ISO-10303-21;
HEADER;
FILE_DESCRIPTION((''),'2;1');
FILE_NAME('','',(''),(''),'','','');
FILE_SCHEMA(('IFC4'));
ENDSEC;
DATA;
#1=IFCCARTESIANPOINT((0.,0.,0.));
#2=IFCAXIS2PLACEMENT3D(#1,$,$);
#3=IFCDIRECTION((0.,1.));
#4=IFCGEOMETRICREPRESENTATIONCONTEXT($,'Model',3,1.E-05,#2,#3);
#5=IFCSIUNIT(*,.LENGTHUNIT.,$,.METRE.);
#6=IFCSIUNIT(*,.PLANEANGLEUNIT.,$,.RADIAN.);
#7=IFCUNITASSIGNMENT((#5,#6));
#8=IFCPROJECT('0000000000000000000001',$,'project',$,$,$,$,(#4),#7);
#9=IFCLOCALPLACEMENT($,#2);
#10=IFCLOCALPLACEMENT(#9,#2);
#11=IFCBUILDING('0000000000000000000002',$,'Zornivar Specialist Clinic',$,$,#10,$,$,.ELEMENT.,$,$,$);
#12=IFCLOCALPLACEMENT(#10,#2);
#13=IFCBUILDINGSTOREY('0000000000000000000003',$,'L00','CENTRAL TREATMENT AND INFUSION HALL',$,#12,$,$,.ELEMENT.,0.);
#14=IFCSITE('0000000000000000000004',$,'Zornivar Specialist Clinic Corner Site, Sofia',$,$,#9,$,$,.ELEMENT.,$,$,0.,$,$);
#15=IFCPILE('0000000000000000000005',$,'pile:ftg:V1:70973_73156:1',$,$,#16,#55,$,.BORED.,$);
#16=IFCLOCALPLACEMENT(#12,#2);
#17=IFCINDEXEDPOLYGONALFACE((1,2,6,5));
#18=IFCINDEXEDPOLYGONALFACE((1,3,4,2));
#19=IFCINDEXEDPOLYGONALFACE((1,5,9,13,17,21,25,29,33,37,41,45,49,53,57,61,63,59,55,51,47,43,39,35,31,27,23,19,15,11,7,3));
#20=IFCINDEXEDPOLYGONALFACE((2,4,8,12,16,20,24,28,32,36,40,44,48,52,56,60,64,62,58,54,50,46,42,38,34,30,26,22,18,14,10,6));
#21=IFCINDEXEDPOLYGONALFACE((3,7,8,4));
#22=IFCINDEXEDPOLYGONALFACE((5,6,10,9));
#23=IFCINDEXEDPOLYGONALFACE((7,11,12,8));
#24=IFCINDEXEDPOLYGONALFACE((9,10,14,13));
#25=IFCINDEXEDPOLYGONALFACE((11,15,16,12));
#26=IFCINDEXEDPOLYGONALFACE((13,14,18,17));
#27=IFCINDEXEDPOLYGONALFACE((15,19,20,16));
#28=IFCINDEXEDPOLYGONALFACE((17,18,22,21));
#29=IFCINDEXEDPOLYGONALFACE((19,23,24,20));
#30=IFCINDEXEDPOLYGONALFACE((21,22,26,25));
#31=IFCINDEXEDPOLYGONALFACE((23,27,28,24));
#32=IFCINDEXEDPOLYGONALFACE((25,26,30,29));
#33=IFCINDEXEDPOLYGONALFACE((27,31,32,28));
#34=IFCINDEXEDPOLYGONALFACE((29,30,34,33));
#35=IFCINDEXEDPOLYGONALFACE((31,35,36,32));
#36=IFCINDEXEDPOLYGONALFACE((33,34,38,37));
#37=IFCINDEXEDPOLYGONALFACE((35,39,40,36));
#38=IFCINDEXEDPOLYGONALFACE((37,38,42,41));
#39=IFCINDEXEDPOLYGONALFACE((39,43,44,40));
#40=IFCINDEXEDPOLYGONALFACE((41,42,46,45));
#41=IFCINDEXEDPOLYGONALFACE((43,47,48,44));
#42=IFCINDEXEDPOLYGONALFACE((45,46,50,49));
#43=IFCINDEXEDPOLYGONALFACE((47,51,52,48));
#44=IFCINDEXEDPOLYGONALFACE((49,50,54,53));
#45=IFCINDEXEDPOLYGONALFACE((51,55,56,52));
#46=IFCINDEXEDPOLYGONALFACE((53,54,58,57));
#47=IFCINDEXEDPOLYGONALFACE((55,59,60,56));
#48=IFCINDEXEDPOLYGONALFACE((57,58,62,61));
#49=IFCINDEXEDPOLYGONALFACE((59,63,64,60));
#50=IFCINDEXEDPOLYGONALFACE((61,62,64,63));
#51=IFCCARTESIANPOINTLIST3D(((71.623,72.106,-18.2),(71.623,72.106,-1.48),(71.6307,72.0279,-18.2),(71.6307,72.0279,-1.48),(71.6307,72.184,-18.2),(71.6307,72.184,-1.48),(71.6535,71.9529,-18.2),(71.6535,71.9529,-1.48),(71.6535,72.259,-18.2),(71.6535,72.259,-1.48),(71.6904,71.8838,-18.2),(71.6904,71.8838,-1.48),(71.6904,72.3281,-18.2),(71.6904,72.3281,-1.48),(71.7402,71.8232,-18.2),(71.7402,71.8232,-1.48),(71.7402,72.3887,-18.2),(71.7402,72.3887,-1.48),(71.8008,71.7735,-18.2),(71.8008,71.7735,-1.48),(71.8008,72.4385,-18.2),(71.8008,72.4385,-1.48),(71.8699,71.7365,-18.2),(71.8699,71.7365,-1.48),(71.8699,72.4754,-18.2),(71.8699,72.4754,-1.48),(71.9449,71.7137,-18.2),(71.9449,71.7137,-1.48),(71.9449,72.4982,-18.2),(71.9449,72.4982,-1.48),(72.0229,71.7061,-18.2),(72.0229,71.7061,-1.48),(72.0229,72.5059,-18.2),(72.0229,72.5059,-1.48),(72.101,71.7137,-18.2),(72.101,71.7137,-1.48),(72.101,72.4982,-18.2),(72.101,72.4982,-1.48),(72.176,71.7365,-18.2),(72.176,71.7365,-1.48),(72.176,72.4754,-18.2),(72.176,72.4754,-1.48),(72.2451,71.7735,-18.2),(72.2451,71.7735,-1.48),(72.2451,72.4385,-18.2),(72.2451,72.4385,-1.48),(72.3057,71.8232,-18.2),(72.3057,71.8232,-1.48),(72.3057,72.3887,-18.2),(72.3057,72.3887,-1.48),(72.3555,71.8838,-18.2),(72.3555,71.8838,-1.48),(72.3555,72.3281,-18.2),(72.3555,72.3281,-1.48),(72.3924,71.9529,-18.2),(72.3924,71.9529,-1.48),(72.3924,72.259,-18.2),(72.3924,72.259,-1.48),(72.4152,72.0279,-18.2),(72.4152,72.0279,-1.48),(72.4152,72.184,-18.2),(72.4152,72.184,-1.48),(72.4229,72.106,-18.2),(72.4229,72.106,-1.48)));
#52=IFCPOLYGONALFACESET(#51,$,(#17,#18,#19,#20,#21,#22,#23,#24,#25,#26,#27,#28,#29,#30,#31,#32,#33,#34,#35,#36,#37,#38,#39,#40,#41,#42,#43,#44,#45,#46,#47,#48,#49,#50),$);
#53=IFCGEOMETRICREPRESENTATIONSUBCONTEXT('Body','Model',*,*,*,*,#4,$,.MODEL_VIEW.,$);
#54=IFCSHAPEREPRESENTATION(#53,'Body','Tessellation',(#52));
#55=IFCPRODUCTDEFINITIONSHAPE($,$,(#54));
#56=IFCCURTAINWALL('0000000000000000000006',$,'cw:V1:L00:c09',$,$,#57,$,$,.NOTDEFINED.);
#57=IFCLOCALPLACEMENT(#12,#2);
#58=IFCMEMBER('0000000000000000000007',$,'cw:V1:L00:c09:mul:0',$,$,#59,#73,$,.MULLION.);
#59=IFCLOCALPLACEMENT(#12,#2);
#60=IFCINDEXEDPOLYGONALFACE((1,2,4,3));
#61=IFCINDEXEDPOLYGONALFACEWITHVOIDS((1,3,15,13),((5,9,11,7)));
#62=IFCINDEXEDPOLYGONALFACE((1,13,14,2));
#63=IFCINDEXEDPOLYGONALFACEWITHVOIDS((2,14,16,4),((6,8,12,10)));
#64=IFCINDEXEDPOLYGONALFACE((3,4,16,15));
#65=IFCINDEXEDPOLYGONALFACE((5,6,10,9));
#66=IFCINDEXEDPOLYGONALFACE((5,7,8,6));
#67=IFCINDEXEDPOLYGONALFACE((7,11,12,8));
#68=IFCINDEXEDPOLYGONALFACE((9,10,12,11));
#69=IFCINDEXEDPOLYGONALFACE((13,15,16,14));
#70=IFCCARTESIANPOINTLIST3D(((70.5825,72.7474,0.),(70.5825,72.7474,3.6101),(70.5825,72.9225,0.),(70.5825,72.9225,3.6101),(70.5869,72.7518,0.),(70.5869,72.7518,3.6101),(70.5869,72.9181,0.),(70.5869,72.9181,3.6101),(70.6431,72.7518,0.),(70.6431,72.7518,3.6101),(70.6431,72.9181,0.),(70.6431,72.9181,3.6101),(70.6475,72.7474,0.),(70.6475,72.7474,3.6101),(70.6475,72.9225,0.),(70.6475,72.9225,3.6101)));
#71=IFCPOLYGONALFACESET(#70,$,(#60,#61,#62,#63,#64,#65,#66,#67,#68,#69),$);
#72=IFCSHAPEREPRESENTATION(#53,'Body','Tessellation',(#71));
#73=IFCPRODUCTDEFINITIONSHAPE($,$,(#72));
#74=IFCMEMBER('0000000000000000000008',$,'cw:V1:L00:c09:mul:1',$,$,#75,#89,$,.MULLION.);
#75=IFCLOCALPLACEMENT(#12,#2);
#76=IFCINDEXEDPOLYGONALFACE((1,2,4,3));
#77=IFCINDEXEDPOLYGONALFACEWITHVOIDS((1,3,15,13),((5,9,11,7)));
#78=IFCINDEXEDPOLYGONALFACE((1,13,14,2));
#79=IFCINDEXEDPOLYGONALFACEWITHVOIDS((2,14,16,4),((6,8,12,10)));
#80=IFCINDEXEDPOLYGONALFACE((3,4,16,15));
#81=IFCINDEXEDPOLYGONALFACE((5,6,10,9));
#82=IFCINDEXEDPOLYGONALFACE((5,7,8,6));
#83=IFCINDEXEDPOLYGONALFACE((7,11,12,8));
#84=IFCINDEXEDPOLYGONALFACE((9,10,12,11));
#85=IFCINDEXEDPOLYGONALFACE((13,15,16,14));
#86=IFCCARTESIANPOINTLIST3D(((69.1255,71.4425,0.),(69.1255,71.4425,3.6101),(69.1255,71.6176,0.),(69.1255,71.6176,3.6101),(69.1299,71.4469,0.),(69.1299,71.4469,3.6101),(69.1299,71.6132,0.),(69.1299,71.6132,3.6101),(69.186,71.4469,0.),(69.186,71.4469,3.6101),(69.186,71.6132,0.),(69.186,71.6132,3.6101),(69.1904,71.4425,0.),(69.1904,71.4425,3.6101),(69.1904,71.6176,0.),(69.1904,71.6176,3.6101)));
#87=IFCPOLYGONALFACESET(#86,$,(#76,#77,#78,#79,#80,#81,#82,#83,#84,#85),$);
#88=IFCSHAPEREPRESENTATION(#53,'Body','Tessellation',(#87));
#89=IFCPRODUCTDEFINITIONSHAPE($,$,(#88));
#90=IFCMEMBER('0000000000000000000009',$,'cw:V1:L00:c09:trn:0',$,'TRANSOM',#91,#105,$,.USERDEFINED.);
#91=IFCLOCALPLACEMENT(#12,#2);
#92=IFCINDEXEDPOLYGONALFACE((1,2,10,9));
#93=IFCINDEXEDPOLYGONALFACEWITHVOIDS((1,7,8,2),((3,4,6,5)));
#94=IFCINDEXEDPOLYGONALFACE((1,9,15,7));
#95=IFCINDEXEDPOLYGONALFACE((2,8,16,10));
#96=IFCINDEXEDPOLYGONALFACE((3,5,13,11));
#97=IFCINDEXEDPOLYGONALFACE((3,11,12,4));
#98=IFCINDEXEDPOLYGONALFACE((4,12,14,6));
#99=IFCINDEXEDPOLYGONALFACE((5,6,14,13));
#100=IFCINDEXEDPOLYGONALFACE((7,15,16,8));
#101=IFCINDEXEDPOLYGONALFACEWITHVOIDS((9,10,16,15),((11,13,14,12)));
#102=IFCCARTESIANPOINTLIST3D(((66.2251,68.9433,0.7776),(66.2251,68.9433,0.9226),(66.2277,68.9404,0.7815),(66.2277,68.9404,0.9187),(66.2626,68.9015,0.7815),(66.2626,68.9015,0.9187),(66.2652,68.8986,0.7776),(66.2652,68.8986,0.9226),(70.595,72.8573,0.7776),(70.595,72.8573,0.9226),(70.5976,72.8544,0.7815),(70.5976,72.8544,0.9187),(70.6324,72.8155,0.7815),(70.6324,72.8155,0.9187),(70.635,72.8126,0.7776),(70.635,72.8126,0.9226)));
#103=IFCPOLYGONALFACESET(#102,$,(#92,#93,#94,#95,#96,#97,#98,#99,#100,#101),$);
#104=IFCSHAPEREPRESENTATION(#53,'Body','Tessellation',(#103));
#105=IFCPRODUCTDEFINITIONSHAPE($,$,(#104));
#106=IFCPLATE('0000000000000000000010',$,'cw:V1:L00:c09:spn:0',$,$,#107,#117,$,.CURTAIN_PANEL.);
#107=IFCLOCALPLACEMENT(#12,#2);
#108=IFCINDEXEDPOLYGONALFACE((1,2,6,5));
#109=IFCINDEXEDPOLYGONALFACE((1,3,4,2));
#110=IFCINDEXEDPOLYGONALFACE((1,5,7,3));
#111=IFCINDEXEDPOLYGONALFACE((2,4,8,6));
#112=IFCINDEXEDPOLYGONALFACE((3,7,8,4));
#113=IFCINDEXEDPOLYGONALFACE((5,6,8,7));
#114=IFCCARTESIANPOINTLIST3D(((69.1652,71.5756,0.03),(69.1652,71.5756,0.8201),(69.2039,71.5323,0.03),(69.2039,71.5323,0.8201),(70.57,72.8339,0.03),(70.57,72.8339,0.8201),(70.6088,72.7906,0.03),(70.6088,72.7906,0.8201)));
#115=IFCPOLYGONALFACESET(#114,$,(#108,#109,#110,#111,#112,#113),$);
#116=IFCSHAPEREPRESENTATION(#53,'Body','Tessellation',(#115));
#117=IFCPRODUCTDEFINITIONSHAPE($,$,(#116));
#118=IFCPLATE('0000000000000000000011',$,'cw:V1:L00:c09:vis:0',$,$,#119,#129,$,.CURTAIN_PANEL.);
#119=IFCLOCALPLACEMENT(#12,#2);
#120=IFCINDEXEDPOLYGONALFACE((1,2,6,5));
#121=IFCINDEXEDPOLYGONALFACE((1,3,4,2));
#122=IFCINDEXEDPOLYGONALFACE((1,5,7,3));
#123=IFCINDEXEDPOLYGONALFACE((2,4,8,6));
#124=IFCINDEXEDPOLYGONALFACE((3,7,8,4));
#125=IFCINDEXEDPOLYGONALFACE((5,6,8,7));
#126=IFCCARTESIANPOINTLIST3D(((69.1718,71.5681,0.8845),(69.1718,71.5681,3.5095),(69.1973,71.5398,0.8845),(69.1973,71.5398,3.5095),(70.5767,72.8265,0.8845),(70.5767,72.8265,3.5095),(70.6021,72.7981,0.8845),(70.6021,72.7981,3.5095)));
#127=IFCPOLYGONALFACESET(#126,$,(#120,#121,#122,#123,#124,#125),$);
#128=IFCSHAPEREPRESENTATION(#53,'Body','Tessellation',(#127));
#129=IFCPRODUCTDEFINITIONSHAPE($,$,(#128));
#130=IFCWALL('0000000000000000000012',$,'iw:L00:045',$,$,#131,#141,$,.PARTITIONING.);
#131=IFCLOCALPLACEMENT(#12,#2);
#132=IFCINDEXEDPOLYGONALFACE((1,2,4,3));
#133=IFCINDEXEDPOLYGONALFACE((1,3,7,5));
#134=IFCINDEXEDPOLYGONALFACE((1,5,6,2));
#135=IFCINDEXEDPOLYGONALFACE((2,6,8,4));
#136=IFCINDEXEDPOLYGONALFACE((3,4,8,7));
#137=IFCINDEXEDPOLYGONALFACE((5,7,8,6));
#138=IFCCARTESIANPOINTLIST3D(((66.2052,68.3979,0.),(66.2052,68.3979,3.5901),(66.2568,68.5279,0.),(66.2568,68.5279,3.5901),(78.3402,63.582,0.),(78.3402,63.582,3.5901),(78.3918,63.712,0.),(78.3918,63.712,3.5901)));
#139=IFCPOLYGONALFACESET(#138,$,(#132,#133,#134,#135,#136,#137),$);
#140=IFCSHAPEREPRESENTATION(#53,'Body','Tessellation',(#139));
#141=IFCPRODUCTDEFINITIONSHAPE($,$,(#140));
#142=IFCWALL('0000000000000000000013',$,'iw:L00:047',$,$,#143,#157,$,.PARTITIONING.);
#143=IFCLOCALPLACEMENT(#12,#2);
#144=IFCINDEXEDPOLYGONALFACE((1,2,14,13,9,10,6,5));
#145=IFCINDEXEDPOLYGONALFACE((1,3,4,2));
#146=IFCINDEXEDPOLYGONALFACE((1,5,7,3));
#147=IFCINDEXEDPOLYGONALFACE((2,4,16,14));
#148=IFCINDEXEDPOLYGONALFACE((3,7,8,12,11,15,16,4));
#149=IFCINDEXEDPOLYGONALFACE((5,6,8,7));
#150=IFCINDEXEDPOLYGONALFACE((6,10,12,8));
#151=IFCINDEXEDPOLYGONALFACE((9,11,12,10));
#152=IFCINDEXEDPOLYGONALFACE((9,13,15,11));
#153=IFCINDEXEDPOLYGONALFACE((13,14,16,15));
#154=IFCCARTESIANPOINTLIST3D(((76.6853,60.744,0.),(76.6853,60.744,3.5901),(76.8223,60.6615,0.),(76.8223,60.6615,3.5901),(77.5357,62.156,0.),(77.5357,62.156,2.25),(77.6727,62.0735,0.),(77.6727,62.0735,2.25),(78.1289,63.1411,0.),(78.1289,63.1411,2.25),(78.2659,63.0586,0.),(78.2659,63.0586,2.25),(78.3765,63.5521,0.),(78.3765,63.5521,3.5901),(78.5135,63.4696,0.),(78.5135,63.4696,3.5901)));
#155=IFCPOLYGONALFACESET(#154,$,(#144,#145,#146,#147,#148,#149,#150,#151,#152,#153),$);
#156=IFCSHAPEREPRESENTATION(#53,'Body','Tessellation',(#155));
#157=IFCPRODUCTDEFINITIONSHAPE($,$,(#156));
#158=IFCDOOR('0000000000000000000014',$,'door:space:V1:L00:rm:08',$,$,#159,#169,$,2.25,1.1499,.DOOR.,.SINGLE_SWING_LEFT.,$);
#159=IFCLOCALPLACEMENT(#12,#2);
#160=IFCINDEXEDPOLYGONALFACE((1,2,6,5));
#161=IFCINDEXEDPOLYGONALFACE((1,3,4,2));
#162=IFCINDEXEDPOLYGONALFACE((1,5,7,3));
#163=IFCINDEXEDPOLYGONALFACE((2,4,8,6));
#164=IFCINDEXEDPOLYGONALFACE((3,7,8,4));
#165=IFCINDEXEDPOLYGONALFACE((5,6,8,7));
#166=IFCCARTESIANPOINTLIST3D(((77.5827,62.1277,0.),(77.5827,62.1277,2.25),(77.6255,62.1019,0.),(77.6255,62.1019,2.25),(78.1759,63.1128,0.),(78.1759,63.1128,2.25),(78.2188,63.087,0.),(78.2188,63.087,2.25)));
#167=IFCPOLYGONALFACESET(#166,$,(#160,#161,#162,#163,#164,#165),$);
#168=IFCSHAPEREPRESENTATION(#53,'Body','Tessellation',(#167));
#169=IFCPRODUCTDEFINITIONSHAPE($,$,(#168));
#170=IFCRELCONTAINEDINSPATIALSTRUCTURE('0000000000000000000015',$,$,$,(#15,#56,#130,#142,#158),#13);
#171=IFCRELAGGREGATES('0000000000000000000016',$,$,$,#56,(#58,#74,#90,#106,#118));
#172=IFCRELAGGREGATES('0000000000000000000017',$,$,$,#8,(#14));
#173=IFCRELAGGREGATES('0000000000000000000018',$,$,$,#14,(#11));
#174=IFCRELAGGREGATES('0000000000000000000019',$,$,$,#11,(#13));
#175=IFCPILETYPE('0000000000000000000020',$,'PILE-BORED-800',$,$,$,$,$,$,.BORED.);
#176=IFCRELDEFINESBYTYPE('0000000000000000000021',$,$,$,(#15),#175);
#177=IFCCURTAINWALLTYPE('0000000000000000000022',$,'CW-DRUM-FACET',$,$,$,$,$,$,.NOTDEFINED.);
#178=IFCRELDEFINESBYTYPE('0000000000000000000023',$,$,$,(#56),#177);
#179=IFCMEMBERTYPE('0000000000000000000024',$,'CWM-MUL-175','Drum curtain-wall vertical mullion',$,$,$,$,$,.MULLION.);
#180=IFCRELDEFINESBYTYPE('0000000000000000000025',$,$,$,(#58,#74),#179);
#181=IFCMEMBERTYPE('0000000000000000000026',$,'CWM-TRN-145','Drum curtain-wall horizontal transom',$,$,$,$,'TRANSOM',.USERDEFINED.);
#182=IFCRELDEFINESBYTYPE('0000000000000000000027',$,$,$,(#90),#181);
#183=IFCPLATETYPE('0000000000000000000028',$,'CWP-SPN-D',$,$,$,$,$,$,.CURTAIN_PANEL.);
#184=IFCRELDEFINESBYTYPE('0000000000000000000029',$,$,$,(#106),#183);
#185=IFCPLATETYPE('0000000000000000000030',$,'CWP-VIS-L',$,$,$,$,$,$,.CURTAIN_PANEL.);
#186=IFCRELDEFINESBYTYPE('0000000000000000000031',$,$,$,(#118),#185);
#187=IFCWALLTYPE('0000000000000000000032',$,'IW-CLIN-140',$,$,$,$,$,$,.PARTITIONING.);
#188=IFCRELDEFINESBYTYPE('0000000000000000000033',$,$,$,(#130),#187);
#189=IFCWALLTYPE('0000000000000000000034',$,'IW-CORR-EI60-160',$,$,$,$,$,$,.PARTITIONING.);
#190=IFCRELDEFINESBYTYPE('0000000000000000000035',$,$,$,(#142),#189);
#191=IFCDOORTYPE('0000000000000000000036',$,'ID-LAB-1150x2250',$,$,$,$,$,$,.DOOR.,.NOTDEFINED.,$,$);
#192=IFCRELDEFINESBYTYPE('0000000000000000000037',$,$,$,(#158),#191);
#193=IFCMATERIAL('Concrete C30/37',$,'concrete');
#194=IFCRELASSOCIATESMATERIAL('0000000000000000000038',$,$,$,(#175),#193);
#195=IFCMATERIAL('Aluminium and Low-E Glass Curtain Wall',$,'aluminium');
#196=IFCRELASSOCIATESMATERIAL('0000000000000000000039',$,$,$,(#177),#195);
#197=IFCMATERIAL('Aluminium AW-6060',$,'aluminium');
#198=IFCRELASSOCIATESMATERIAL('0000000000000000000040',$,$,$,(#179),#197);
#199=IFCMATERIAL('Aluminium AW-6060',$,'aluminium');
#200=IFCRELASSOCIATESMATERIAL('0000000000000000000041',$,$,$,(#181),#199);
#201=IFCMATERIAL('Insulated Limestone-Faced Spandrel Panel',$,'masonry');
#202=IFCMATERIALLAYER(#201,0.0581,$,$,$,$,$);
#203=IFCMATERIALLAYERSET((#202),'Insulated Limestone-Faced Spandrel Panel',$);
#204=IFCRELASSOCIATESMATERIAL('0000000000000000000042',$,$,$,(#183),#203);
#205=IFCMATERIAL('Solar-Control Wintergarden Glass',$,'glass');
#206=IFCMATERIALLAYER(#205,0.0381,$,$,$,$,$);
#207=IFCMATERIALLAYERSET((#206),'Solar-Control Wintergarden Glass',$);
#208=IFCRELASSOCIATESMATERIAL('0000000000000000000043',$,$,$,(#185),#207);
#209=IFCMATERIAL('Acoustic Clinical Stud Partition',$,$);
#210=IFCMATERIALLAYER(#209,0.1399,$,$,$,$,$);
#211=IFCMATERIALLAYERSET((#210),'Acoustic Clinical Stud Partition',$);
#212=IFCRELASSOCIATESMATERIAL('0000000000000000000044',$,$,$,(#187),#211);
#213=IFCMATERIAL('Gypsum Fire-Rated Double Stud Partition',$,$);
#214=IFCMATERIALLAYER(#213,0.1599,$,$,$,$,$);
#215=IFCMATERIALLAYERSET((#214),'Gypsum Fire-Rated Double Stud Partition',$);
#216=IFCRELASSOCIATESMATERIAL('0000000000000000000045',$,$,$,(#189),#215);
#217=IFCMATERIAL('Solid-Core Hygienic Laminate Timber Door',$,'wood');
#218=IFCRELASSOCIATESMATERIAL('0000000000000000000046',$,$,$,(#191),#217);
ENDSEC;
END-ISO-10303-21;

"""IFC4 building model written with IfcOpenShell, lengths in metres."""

from ifc_helpers import new_model, si_unit, direction, frame, frame_2d, origin, origin_2d, place, context, subcontext, project, spatial, rectangle, hollow_rectangle, circle, extrude, material, layer, layer_set, material_profile, profile_set, type_object, element, fill, aggregate, save


model = new_model("IFC4")

# Units and contexts
model_context = context("Model", 3, precision=1e-05, world=origin(), true_north=direction((0.0, 1.0)))
body_context = subcontext(model_context, "Body", "Model", "MODEL_VIEW")
ifc_project = project(units=[si_unit("LENGTHUNIT", "METRE"), si_unit("PLANEANGLEUNIT", "RADIAN")], contexts=[model_context])

# Site, building, storey
site_placement = place(None, origin())
site = spatial("IfcSite", under=ifc_project, at=site_placement, Name="Zornivar Specialist Clinic Corner Site, Sofia", CompositionType="ELEMENT", RefElevation=0.0)
building_placement = place(site_placement, origin())
building = spatial("IfcBuilding", under=site, at=building_placement, Name="Zornivar Specialist Clinic", CompositionType="ELEMENT")
storey_placement = place(building_placement, origin())
storey = spatial("IfcBuildingStorey", under=building, at=storey_placement, Name="L00", Description="CENTRAL TREATMENT AND INFUSION HALL", CompositionType="ELEMENT", Elevation=0.0)

# Pile
ifc_material_1 = material(Name="Concrete C30/37", Category="concrete")
ifc_material_profile_1 = material_profile(ifc_material_1, circle(Radius=0.3999, at=origin_2d()), Name="PILE D800")
ifc_profile_set_1 = profile_set([ifc_material_profile_1], Name="Concrete C30/37")
pile_type = type_object("IfcPileType", Name="PILE-BORED-800", PredefinedType="BORED", material=ifc_profile_set_1)
for number, where, z_axis, x_axis, name in (
    (1, (72.0229, 72.106, -1.48), (0.0, 0.0, -1.0), (1.0, 0.0, 0.0), "pile:ftg:V1:70973_73156:1"),
):
    element("IfcPile", number, at=place(storey_placement, frame(where, z_axis=z_axis, x_axis=x_axis)), inside=storey, type_object=pile_type, Name=name, PredefinedType="BORED", context=body_context, shape_type="SweptSolid", body=[
        extrude(circle(Radius=0.3999, at=origin_2d()), origin(), (0.0, 0.0, 1.0), 16.72),
    ])

# Curtain wall, members, plates
ifc_material_2 = material(Name="Aluminium and Low-E Glass Curtain Wall", Category="aluminium")
curtain_wall_type = type_object("IfcCurtainWallType", Name="CW-DRUM-FACET", PredefinedType="NOTDEFINED", material=ifc_material_2)
curtain_wall_placement = place(storey_placement, origin())
curtain_wall = element("IfcCurtainWall", 2, at=curtain_wall_placement, inside=storey, type_object=curtain_wall_type, Name="cw:V1:L00:c09", PredefinedType="NOTDEFINED")
ifc_material_3 = material(Name="Aluminium AW-6060", Category="aluminium")
ifc_material_profile_2 = material_profile(ifc_material_3, hollow_rectangle(XDim=0.0649, YDim=0.175, WallThickness=0.0044, at=origin_2d()), Name="ALU 65x175x4.5")
ifc_profile_set_2 = profile_set([ifc_material_profile_2], Name="Aluminium AW-6060")
member_type_1 = type_object("IfcMemberType", Name="CWM-MUL-175", Description="Drum curtain-wall vertical mullion", PredefinedType="MULLION", material=ifc_profile_set_2)
member_1_placement = place(storey_placement, frame((70.615, 72.835, 0.0), z_axis=(0.0, 0.0, 1.0), x_axis=(1.0, 0.0, 0.0)))
member_1 = element("IfcMember", 3, at=member_1_placement, type_object=member_type_1, Name="cw:V1:L00:c09:mul:0", PredefinedType="MULLION", context=body_context, shape_type="SweptSolid", body=[
    extrude(hollow_rectangle(XDim=0.0649, YDim=0.175, WallThickness=0.0044, at=origin_2d()), origin(), (0.0, 0.0, 1.0), 3.6101),
])
member_2_placement = place(storey_placement, frame((69.158, 71.53, 0.0), z_axis=(0.0, 0.0, 1.0), x_axis=(1.0, 0.0, 0.0)))
member_2 = element("IfcMember", 4, at=member_2_placement, type_object=member_type_1, Name="cw:V1:L00:c09:mul:1", PredefinedType="MULLION", context=body_context, shape_type="SweptSolid", body=[
    extrude(hollow_rectangle(XDim=0.0649, YDim=0.175, WallThickness=0.0044, at=origin_2d()), origin(), (0.0, 0.0, 1.0), 3.6101),
])
ifc_material_4 = material(Name="Aluminium AW-6060", Category="aluminium")
ifc_material_profile_3 = material_profile(ifc_material_4, hollow_rectangle(XDim=0.0601, YDim=0.145, WallThickness=0.0039, at=origin_2d()), Name="ALU 60x145x4")
ifc_profile_set_3 = profile_set([ifc_material_profile_3], Name="Aluminium AW-6060")
member_type_2 = type_object("IfcMemberType", Name="CWM-TRN-145", Description="Drum curtain-wall horizontal transom", ElementType="TRANSOM", PredefinedType="USERDEFINED", material=ifc_profile_set_3)
member_3_placement = place(storey_placement, frame((70.615, 72.835, 0.8501), z_axis=(-0.744887, -0.66719, 0.0), x_axis=(0.66719, -0.744887, 0.0)))
member_3 = element("IfcMember", 5, at=member_3_placement, type_object=member_type_2, Name="cw:V1:L00:c09:trn:0", ObjectType="TRANSOM", PredefinedType="USERDEFINED", context=body_context, shape_type="SweptSolid", body=[
    extrude(hollow_rectangle(XDim=0.0601, YDim=0.145, WallThickness=0.0039, at=origin_2d()), origin(), (0.0, 0.0, 1.0), 5.8665),
])
ifc_material_5 = material(Name="Insulated Limestone-Faced Spandrel Panel", Category="masonry")
ifc_layer_1 = layer(ifc_material_5, 0.0581)
ifc_layer_set_1 = layer_set([ifc_layer_1], Name="Insulated Limestone-Faced Spandrel Panel")
plate_type_1 = type_object("IfcPlateType", Name="CWP-SPN-D", PredefinedType="CURTAIN_PANEL", material=ifc_layer_set_1)
plate_1_placement = place(storey_placement, frame((69.887, 72.1831, 0.03), z_axis=(0.0, 0.0, 1.0), x_axis=(-0.744881, -0.667198, 0.0)))
plate_1 = element("IfcPlate", 6, at=plate_1_placement, type_object=plate_type_1, Name="cw:V1:L00:c09:spn:0", PredefinedType="CURTAIN_PANEL", context=body_context, shape_type="SweptSolid", body=[
    extrude(rectangle(XDim=1.886, YDim=0.0581, at=origin_2d()), origin(), (0.0, 0.0, 1.0), 0.79),
])
ifc_material_6 = material(Name="Solar-Control Wintergarden Glass", Category="glass")
ifc_layer_2 = layer(ifc_material_6, 0.0381)
ifc_layer_set_2 = layer_set([ifc_layer_2], Name="Solar-Control Wintergarden Glass")
plate_type_2 = type_object("IfcPlateType", Name="CWP-VIS-L", PredefinedType="CURTAIN_PANEL", material=ifc_layer_set_2)
plate_2_placement = place(storey_placement, frame((69.887, 72.1831, 0.8845), z_axis=(0.0, 0.0, 1.0), x_axis=(-0.744881, -0.667198, 0.0)))
plate_2 = element("IfcPlate", 7, at=plate_2_placement, type_object=plate_type_2, Name="cw:V1:L00:c09:vis:0", PredefinedType="CURTAIN_PANEL", context=body_context, shape_type="SweptSolid", body=[
    extrude(rectangle(XDim=1.886, YDim=0.0381, at=origin_2d()), origin(), (0.0, 0.0, 1.0), 2.625),
])
aggregate(curtain_wall, [member_1, member_2, member_3, plate_1, plate_2])

# Wall
ifc_material_7 = material(Name="Acoustic Clinical Stud Partition")
ifc_layer_3 = layer(ifc_material_7, 0.1399)
ifc_layer_set_3 = layer_set([ifc_layer_3], Name="Acoustic Clinical Stud Partition")
wall_type_1 = type_object("IfcWallType", Name="IW-CLIN-140", PredefinedType="PARTITIONING", material=ifc_layer_set_3)
wall_1_placement = place(storey_placement, frame((78.366, 63.647, 0.0), z_axis=(0.0, 0.0, 1.0), x_axis=(-0.929479, 0.368874, 0.0)))
element("IfcWall", 8, at=wall_1_placement, inside=storey, type_object=wall_type_1, Name="iw:L00:045", PredefinedType="PARTITIONING", context=body_context, shape_type="SweptSolid", body=[
    extrude(rectangle(XDim=13.0557, YDim=0.1399, at=frame_2d((6.5278, 0.0))), origin(), (0.0, 0.0, 1.0), 3.5901),
])

# Wall, opening, door
ifc_material_8 = material(Name="Gypsum Fire-Rated Double Stud Partition")
ifc_layer_4 = layer(ifc_material_8, 0.1599)
ifc_layer_set_4 = layer_set([ifc_layer_4], Name="Gypsum Fire-Rated Double Stud Partition")
wall_type_2 = type_object("IfcWallType", Name="IW-CORR-EI60-160", PredefinedType="PARTITIONING", material=ifc_layer_set_4)
wall_2_placement = place(storey_placement, frame((78.4451, 63.511, 0.0), z_axis=(0.0, 0.0, 1.0), x_axis=(-0.515908, -0.856644, 0.0)))
wall_2 = element("IfcWall", 9, at=wall_2_placement, inside=storey, type_object=wall_type_2, Name="iw:L00:047", PredefinedType="PARTITIONING", context=body_context, shape_type="SweptSolid", body=[
    extrude(rectangle(XDim=3.2781, YDim=0.1599, at=frame_2d((1.6392, 0.0))), origin(), (0.0, 0.0, 1.0), 3.5901),
])
opening_placement = place(wall_2_placement, frame((0.48, 0.0, 0.0)))
opening = element("IfcOpeningElement", 10, at=opening_placement, cuts=wall_2, PredefinedType="OPENING", context=body_context, shape_type="SweptSolid", body=[
    extrude(rectangle(XDim=1.1499, YDim=2.25, at=frame_2d((0.575, 1.125))), frame((0.0, 0.0898, 0.0), z_axis=(0.0, -1.0, 0.0), x_axis=(1.0, 0.0, 0.0)), (0.0, 0.0, 1.0), 0.1799),
])
ifc_material_9 = material(Name="Solid-Core Hygienic Laminate Timber Door", Category="wood")
door_type = type_object("IfcDoorType", Name="ID-LAB-1150x2250", OperationType="NOTDEFINED", PredefinedType="DOOR", material=ifc_material_9)
door_placement = place(opening_placement, origin())
door = element("IfcDoor", 11, at=door_placement, inside=storey, type_object=door_type, Name="door:space:V1:L00:rm:08", OperationType="SINGLE_SWING_LEFT", OverallHeight=2.25, OverallWidth=1.1499, PredefinedType="DOOR", context=body_context, shape_type="SweptSolid", body=[
    extrude(rectangle(XDim=1.1499, YDim=2.25, at=frame_2d((0.575, 1.125))), frame((0.0, 0.0249, 0.0), z_axis=(0.0, -1.0, 0.0), x_axis=(1.0, 0.0, 0.0)), (0.0, 0.0, 1.0), 0.05),
])
fill(opening, door)

save(model, "model.ifc")
